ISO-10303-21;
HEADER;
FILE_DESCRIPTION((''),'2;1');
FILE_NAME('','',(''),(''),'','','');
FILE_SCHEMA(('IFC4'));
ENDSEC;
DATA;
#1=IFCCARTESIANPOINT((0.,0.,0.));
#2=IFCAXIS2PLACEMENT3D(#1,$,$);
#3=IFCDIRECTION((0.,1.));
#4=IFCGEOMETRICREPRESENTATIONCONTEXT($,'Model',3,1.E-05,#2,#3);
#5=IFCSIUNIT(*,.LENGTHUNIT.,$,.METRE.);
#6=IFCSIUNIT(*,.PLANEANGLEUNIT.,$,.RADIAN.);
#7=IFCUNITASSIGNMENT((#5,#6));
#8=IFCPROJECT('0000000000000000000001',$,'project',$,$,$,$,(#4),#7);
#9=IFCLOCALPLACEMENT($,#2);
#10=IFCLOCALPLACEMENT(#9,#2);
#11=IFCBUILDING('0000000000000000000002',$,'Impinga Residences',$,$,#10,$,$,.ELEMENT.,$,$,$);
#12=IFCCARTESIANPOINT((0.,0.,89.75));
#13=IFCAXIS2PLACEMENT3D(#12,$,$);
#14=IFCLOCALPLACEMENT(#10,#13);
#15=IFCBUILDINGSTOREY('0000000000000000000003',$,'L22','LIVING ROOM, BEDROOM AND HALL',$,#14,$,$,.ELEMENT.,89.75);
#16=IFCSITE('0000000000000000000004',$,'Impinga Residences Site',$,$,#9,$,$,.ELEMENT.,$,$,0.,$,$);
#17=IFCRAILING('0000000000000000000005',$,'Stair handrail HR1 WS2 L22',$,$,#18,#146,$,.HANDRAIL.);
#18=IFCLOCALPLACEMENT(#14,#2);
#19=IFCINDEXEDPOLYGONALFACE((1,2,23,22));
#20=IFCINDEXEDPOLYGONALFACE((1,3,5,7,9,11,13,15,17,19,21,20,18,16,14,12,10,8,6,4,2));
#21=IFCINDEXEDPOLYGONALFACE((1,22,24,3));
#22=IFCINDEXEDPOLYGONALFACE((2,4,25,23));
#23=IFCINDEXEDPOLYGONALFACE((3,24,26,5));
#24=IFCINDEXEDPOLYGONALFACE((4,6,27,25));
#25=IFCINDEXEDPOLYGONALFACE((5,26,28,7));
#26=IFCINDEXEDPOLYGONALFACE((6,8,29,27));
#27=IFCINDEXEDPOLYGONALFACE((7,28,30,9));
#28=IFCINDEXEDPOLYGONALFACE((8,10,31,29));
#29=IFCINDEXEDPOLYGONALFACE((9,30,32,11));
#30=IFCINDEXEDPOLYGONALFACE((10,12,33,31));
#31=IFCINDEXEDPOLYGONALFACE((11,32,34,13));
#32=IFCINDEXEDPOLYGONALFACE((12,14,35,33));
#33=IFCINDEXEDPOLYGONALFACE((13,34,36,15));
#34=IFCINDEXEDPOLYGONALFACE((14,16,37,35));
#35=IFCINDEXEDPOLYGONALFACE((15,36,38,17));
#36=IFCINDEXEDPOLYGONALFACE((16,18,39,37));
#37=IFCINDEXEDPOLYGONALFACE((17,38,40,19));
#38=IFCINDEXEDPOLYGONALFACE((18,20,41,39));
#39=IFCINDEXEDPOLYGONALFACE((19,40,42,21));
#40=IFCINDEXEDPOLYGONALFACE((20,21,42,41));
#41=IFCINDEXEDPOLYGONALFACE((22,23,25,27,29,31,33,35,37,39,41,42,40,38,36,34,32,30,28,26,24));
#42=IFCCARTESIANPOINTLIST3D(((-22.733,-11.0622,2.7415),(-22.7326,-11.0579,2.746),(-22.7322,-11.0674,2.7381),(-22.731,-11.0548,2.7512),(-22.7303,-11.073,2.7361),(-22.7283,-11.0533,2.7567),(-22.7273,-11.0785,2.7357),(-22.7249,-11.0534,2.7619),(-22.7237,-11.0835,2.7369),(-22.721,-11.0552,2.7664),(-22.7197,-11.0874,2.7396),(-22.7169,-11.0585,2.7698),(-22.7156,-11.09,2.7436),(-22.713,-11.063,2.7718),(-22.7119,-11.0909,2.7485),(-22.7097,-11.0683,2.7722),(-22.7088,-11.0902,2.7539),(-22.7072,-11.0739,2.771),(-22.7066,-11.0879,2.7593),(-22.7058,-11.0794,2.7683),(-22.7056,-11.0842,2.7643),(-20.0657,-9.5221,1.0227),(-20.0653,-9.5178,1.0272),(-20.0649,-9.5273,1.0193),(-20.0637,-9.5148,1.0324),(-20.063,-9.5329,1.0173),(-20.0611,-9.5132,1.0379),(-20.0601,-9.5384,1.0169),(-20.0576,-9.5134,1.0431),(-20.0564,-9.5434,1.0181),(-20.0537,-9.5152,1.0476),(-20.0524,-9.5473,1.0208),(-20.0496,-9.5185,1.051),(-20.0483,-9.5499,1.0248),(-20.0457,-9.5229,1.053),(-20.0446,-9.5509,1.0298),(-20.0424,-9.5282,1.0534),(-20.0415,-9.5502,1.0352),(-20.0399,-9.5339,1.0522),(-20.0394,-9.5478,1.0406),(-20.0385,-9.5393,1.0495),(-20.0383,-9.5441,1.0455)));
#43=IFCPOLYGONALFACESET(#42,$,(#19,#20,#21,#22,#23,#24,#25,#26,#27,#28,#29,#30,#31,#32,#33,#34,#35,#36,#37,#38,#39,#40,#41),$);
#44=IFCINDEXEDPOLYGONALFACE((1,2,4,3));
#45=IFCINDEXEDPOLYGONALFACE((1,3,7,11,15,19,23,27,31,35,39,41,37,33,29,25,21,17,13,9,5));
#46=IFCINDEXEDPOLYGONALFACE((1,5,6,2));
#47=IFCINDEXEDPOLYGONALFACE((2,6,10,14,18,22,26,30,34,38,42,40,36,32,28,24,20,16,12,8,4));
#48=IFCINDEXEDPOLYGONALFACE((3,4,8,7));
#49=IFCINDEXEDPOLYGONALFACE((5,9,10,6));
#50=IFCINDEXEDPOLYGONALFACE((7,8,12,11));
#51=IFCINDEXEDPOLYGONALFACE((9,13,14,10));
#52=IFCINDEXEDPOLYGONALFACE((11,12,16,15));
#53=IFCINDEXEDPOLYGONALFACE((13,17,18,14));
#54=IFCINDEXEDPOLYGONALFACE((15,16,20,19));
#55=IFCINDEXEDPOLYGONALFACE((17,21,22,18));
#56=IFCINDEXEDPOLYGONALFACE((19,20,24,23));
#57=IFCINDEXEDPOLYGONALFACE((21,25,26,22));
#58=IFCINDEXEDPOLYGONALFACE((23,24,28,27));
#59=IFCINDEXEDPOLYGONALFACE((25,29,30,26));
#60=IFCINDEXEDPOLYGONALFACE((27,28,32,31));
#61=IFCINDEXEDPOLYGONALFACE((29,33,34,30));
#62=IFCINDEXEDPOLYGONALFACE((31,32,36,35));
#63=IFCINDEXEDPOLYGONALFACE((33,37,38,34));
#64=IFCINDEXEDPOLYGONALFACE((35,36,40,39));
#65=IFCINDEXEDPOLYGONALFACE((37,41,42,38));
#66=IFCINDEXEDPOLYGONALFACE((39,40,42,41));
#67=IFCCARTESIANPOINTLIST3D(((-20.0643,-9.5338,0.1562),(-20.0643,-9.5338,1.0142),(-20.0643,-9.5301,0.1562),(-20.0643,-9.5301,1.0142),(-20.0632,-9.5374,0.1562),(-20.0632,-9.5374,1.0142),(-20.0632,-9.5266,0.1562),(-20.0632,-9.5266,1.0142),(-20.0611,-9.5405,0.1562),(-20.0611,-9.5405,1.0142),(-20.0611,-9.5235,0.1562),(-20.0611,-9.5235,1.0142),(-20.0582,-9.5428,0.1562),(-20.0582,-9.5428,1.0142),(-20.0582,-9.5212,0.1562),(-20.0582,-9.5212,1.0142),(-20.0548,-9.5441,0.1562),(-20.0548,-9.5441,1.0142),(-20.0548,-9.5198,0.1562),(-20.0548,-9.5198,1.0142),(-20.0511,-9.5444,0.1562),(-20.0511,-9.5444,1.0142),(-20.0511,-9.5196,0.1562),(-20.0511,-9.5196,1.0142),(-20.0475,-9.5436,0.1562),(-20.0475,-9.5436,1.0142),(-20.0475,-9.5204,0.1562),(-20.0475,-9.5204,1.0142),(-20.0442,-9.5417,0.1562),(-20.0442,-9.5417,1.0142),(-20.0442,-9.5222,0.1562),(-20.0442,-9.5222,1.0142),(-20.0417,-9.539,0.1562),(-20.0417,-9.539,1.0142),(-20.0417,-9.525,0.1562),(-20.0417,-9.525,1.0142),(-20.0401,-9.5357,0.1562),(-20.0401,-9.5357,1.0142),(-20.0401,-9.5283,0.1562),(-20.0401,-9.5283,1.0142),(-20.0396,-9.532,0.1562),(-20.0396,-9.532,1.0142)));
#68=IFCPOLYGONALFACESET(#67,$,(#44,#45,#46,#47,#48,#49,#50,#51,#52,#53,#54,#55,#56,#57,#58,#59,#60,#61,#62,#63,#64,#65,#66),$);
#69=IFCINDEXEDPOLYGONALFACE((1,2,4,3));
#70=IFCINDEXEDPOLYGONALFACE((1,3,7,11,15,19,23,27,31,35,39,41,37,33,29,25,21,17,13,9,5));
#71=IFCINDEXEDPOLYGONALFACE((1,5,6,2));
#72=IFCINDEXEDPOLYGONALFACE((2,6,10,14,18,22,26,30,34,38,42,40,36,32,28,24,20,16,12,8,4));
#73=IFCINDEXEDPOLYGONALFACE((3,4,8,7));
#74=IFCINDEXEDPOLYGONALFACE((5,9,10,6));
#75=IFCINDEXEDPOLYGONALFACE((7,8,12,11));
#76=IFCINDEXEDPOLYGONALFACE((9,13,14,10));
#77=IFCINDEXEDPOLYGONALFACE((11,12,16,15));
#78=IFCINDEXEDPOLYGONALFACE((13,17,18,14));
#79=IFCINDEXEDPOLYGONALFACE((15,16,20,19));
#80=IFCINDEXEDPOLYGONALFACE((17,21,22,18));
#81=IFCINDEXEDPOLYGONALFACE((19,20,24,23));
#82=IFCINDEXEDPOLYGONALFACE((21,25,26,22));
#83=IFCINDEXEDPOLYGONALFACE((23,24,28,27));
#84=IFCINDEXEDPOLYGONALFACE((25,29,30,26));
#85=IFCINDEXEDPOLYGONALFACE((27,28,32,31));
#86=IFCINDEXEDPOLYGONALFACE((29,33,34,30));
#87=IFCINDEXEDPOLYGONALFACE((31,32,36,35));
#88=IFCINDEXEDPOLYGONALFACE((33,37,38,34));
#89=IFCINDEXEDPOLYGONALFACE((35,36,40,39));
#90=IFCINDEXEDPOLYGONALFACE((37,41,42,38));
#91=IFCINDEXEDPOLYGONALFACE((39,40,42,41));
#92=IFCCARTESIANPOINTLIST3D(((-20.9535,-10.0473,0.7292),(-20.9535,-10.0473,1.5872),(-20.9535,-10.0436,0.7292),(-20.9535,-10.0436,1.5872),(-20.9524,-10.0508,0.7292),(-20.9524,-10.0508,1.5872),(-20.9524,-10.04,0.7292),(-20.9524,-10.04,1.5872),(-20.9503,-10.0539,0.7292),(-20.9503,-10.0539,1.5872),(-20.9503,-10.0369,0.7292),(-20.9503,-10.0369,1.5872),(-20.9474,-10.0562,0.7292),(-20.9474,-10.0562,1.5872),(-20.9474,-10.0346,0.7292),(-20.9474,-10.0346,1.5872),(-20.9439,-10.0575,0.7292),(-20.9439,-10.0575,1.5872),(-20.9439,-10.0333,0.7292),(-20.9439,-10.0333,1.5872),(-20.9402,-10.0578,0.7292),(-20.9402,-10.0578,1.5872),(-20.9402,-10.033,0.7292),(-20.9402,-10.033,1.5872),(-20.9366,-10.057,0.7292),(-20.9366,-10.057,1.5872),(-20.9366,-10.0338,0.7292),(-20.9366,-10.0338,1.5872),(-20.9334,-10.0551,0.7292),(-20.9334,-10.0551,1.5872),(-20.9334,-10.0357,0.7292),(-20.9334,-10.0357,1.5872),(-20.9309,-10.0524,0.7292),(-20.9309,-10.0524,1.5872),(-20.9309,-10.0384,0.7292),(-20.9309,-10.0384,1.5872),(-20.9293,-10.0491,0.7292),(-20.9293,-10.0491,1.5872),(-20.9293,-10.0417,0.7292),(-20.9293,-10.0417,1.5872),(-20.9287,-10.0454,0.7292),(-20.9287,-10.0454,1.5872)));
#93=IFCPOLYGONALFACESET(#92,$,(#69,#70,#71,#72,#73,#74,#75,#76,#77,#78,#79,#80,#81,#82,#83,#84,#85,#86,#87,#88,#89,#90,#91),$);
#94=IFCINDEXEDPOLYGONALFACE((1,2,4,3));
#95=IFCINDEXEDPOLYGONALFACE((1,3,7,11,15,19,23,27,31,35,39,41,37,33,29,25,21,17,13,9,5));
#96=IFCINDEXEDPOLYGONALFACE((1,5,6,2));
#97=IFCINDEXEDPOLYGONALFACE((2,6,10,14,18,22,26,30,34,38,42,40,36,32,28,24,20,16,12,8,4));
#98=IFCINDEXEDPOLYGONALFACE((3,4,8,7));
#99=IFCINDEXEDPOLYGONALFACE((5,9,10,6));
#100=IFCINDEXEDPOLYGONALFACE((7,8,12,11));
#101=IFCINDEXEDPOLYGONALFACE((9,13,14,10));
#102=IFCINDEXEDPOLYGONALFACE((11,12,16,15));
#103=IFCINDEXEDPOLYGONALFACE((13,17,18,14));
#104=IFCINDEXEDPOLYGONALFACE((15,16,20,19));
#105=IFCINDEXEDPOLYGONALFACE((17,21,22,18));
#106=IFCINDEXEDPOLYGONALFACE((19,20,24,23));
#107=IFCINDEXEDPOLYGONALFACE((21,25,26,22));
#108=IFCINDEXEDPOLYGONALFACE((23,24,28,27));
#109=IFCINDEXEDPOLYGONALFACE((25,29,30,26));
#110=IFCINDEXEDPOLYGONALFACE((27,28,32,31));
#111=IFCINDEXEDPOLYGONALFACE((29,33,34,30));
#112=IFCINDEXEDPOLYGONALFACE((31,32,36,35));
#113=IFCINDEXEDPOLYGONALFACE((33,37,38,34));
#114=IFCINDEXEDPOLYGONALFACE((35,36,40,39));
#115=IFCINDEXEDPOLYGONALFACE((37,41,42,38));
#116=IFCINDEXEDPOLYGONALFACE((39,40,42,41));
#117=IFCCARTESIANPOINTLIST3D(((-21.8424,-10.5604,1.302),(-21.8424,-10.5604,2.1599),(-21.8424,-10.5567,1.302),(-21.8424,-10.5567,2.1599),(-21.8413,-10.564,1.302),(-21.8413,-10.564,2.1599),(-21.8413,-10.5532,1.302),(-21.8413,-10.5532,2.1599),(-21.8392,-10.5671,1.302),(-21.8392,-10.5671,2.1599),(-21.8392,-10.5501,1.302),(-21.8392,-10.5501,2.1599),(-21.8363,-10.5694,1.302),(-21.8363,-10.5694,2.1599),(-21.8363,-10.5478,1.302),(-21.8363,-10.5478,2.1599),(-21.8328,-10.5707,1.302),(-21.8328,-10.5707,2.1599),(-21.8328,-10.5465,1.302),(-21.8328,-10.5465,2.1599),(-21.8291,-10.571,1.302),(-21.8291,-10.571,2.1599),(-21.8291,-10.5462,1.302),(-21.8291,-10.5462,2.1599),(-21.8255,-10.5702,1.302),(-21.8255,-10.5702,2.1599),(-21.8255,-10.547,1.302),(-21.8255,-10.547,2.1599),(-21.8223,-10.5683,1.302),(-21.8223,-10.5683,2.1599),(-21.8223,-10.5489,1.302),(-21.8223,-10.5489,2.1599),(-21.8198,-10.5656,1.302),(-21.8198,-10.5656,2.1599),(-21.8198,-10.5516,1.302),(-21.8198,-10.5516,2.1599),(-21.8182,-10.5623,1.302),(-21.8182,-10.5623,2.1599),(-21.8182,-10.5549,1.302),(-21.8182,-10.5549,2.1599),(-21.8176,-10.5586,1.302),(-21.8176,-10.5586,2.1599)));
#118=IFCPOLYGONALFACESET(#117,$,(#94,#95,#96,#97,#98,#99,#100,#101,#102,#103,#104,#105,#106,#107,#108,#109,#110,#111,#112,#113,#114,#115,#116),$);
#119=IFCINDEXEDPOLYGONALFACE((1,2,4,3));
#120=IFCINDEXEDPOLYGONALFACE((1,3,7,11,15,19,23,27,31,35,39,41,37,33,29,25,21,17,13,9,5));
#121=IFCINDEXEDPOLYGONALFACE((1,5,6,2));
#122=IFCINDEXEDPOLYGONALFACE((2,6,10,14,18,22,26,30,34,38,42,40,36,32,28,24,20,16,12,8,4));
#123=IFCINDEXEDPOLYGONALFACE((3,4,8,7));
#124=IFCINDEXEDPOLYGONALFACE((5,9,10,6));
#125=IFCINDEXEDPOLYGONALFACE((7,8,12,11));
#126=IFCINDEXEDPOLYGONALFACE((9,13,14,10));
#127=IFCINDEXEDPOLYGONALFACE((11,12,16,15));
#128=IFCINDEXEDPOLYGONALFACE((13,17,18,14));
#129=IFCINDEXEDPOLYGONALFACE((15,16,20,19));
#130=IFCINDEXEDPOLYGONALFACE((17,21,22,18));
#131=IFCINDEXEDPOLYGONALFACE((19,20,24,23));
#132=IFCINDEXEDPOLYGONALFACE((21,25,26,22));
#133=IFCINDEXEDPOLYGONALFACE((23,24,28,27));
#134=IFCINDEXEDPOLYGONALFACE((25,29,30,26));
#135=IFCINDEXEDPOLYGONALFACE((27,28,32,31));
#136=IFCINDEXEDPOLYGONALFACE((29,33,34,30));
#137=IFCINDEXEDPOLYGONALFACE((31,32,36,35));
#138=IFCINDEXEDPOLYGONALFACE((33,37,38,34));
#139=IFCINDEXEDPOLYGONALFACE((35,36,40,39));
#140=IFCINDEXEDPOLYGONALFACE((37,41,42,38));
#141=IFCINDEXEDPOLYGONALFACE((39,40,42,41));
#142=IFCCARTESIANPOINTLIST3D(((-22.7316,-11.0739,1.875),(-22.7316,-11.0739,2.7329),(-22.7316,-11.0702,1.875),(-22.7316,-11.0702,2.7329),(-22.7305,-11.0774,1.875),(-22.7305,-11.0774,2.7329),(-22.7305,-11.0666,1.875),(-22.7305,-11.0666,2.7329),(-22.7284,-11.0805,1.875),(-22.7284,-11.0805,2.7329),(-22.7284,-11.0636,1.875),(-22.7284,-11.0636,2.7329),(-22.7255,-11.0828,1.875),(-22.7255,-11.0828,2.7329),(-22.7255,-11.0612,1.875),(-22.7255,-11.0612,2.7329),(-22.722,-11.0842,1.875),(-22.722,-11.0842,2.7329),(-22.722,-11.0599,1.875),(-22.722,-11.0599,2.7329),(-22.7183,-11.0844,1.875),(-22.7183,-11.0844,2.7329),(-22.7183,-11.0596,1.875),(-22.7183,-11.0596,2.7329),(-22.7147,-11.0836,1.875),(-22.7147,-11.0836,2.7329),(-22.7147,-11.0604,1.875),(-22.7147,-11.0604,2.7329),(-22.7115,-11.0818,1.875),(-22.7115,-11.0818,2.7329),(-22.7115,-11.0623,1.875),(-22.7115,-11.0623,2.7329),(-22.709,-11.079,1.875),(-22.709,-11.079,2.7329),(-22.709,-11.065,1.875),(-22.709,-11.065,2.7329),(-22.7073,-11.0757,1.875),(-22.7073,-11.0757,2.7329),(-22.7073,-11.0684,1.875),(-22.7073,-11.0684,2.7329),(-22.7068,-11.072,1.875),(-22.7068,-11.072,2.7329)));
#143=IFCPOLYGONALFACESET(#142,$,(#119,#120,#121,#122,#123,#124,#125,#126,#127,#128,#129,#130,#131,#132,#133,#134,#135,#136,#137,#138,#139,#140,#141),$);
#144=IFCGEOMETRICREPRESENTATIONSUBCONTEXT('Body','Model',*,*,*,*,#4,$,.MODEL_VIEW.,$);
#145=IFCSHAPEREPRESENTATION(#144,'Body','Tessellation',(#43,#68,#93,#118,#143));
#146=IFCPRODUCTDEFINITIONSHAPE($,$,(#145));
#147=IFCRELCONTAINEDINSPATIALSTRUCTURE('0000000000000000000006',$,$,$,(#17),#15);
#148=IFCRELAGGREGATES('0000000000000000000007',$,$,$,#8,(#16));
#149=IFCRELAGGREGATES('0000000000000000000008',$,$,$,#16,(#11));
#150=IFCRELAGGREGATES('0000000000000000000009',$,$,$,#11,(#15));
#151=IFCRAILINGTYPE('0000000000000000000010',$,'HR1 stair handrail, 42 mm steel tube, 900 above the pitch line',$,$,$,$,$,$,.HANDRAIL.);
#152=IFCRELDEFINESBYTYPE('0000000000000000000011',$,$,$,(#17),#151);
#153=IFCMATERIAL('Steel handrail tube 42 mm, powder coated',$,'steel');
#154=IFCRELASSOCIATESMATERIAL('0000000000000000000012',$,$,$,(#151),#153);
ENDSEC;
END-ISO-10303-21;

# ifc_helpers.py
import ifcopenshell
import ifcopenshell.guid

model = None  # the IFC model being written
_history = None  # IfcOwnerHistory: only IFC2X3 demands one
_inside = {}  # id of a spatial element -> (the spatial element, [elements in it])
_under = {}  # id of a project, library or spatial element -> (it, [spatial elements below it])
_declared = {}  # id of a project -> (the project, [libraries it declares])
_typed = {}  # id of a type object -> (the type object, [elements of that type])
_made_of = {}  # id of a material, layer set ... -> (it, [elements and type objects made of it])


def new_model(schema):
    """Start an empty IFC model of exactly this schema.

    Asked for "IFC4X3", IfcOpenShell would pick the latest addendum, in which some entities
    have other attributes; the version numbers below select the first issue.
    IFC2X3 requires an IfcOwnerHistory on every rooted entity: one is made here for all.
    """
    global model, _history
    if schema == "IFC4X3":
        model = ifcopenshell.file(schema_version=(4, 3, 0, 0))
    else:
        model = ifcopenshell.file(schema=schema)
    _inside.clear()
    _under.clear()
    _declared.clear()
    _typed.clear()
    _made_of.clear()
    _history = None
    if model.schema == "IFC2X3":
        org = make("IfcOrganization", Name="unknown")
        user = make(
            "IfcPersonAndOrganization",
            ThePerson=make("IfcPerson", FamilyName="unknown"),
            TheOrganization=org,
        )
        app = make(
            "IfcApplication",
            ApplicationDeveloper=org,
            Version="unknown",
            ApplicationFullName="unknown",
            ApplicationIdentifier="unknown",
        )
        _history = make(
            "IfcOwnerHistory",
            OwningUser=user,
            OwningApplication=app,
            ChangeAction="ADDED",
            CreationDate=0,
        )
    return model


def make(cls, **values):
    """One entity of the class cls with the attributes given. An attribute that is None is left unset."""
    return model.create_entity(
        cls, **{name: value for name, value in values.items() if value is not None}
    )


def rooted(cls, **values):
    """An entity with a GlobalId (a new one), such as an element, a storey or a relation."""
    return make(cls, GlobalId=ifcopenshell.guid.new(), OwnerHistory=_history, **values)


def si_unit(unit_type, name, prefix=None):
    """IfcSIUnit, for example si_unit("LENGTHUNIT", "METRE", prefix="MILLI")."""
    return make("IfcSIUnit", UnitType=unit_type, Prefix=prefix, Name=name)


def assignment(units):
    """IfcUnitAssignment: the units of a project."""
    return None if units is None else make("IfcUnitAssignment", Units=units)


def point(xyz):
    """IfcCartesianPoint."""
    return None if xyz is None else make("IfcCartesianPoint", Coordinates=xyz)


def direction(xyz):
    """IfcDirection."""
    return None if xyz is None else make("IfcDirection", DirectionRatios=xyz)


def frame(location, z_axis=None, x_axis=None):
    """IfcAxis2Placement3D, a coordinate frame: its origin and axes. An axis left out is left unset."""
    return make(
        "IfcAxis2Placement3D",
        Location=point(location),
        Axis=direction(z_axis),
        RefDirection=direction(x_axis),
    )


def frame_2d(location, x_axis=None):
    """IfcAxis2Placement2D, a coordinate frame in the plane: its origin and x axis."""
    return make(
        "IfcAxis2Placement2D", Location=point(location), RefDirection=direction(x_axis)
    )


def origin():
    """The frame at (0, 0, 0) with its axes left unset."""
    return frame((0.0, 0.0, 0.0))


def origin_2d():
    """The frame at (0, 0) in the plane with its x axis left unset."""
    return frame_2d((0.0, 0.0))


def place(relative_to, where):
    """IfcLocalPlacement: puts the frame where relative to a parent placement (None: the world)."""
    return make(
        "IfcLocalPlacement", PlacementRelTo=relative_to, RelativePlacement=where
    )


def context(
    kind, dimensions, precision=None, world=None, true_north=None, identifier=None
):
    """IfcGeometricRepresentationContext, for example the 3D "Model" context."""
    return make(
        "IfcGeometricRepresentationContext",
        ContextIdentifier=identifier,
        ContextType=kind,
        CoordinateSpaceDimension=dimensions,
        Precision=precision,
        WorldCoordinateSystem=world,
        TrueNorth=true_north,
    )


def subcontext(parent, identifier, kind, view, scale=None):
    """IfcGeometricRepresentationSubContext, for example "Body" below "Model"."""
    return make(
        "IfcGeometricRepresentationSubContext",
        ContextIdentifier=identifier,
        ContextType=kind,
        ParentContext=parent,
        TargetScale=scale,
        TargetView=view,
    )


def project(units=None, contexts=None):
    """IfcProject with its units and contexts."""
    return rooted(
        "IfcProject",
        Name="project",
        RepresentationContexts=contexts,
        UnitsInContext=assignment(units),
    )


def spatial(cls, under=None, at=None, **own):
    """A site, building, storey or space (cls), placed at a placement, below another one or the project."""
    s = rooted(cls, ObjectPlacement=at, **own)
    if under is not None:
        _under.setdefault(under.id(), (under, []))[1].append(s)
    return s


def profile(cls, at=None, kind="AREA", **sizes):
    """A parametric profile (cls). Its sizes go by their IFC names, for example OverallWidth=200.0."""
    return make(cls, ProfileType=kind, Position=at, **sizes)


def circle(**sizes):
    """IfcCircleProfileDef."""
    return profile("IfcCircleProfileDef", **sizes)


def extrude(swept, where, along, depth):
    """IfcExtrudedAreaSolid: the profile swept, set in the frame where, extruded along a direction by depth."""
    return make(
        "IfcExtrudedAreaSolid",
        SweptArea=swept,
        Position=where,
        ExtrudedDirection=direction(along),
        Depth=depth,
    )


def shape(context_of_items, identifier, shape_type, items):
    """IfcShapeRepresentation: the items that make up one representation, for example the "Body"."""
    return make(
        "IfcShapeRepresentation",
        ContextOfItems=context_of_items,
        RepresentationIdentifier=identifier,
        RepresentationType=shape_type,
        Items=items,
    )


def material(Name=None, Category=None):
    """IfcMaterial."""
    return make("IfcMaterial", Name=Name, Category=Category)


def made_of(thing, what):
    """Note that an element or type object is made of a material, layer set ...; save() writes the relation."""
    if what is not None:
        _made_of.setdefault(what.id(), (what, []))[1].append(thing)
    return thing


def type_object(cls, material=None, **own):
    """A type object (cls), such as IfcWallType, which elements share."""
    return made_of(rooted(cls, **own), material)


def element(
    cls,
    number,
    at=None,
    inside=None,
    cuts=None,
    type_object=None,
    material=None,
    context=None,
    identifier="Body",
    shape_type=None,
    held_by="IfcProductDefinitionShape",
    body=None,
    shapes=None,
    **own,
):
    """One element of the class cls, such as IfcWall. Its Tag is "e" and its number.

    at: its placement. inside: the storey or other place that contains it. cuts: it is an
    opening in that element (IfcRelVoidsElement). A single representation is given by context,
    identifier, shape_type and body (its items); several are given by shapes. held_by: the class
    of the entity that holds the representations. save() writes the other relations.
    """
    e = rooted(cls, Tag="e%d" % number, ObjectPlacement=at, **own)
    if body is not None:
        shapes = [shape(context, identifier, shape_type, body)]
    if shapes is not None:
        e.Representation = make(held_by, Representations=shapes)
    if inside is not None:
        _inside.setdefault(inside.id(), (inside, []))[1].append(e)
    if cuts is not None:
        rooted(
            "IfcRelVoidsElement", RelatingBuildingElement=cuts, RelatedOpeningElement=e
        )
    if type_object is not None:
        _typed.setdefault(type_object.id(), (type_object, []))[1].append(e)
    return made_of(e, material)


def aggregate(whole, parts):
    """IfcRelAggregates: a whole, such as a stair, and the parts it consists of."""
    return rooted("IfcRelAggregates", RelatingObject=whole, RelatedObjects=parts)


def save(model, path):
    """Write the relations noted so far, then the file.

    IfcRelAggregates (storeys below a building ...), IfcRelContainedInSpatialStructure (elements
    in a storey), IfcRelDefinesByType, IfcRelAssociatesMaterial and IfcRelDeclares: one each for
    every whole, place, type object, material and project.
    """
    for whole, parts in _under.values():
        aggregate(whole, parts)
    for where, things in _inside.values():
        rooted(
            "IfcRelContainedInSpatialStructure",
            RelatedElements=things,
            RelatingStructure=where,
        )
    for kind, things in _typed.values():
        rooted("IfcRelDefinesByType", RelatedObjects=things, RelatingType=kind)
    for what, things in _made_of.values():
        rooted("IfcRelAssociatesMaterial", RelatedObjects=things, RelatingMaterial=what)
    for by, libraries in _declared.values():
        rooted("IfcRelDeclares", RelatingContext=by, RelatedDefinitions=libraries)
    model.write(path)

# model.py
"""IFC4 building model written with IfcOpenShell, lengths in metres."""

from ifc_helpers import new_model, si_unit, direction, frame, origin, origin_2d, place, context, subcontext, project, spatial, circle, extrude, material, type_object, element, save


model = new_model("IFC4")

# Units and contexts
model_context = context("Model", 3, precision=1e-05, world=origin(), true_north=direction((0.0, 1.0)))
body_context = subcontext(model_context, "Body", "Model", "MODEL_VIEW")
ifc_project = project(units=[si_unit("LENGTHUNIT", "METRE"), si_unit("PLANEANGLEUNIT", "RADIAN")], contexts=[model_context])

# Site, building, storey
site_placement = place(None, origin())
site = spatial("IfcSite", under=ifc_project, at=site_placement, Name="Impinga Residences Site", CompositionType="ELEMENT", RefElevation=0.0)
building_placement = place(site_placement, origin())
building = spatial("IfcBuilding", under=site, at=building_placement, Name="Impinga Residences", CompositionType="ELEMENT")
storey_placement = place(building_placement, frame((0.0, 0.0, 89.75)))
storey = spatial("IfcBuildingStorey", under=building, at=storey_placement, Name="L22", Description="LIVING ROOM, BEDROOM AND HALL", CompositionType="ELEMENT", Elevation=89.75)

# Railing
ifc_material_1 = material(Name="Steel handrail tube 42 mm, powder coated", Category="steel")
railing_type_1 = type_object("IfcRailingType", Name="HR1 stair handrail, 42 mm steel tube, 900 above the pitch line", PredefinedType="HANDRAIL", material=ifc_material_1)
railing_1_placement = place(storey_placement, frame((-20.052, -9.532, 0.1562)))
element("IfcRailing", 1, at=railing_1_placement, inside=storey, type_object=railing_type_1, Name="Stair handrail HR1 WS2 L22", PredefinedType="HANDRAIL", context=body_context, shape_type="SweptSolid", body=[
    extrude(circle(Radius=0.021, at=origin_2d()), frame((0.0, 0.0, 0.8789), z_axis=(-0.756226, -0.436639, 0.487307), x_axis=(0.500027, -0.86601, 0.0)), (0.0, 0.0, 1.0), 3.5271),
    extrude(circle(Radius=0.0125, at=origin_2d()), origin(), (0.0, 0.0, 1.0), 0.8579),
    extrude(circle(Radius=0.0125, at=origin_2d()), frame((-0.8892, -0.5134, 0.573)), (0.0, 0.0, 1.0), 0.8579),
    extrude(circle(Radius=0.0125, at=origin_2d()), frame((-1.7781, -1.0266, 1.1458)), (0.0, 0.0, 1.0), 0.8579),
    extrude(circle(Radius=0.0125, at=origin_2d()), frame((-2.6672, -1.54, 1.7188)), (0.0, 0.0, 1.0), 0.8579),
])

save(model, "model.ifc")
